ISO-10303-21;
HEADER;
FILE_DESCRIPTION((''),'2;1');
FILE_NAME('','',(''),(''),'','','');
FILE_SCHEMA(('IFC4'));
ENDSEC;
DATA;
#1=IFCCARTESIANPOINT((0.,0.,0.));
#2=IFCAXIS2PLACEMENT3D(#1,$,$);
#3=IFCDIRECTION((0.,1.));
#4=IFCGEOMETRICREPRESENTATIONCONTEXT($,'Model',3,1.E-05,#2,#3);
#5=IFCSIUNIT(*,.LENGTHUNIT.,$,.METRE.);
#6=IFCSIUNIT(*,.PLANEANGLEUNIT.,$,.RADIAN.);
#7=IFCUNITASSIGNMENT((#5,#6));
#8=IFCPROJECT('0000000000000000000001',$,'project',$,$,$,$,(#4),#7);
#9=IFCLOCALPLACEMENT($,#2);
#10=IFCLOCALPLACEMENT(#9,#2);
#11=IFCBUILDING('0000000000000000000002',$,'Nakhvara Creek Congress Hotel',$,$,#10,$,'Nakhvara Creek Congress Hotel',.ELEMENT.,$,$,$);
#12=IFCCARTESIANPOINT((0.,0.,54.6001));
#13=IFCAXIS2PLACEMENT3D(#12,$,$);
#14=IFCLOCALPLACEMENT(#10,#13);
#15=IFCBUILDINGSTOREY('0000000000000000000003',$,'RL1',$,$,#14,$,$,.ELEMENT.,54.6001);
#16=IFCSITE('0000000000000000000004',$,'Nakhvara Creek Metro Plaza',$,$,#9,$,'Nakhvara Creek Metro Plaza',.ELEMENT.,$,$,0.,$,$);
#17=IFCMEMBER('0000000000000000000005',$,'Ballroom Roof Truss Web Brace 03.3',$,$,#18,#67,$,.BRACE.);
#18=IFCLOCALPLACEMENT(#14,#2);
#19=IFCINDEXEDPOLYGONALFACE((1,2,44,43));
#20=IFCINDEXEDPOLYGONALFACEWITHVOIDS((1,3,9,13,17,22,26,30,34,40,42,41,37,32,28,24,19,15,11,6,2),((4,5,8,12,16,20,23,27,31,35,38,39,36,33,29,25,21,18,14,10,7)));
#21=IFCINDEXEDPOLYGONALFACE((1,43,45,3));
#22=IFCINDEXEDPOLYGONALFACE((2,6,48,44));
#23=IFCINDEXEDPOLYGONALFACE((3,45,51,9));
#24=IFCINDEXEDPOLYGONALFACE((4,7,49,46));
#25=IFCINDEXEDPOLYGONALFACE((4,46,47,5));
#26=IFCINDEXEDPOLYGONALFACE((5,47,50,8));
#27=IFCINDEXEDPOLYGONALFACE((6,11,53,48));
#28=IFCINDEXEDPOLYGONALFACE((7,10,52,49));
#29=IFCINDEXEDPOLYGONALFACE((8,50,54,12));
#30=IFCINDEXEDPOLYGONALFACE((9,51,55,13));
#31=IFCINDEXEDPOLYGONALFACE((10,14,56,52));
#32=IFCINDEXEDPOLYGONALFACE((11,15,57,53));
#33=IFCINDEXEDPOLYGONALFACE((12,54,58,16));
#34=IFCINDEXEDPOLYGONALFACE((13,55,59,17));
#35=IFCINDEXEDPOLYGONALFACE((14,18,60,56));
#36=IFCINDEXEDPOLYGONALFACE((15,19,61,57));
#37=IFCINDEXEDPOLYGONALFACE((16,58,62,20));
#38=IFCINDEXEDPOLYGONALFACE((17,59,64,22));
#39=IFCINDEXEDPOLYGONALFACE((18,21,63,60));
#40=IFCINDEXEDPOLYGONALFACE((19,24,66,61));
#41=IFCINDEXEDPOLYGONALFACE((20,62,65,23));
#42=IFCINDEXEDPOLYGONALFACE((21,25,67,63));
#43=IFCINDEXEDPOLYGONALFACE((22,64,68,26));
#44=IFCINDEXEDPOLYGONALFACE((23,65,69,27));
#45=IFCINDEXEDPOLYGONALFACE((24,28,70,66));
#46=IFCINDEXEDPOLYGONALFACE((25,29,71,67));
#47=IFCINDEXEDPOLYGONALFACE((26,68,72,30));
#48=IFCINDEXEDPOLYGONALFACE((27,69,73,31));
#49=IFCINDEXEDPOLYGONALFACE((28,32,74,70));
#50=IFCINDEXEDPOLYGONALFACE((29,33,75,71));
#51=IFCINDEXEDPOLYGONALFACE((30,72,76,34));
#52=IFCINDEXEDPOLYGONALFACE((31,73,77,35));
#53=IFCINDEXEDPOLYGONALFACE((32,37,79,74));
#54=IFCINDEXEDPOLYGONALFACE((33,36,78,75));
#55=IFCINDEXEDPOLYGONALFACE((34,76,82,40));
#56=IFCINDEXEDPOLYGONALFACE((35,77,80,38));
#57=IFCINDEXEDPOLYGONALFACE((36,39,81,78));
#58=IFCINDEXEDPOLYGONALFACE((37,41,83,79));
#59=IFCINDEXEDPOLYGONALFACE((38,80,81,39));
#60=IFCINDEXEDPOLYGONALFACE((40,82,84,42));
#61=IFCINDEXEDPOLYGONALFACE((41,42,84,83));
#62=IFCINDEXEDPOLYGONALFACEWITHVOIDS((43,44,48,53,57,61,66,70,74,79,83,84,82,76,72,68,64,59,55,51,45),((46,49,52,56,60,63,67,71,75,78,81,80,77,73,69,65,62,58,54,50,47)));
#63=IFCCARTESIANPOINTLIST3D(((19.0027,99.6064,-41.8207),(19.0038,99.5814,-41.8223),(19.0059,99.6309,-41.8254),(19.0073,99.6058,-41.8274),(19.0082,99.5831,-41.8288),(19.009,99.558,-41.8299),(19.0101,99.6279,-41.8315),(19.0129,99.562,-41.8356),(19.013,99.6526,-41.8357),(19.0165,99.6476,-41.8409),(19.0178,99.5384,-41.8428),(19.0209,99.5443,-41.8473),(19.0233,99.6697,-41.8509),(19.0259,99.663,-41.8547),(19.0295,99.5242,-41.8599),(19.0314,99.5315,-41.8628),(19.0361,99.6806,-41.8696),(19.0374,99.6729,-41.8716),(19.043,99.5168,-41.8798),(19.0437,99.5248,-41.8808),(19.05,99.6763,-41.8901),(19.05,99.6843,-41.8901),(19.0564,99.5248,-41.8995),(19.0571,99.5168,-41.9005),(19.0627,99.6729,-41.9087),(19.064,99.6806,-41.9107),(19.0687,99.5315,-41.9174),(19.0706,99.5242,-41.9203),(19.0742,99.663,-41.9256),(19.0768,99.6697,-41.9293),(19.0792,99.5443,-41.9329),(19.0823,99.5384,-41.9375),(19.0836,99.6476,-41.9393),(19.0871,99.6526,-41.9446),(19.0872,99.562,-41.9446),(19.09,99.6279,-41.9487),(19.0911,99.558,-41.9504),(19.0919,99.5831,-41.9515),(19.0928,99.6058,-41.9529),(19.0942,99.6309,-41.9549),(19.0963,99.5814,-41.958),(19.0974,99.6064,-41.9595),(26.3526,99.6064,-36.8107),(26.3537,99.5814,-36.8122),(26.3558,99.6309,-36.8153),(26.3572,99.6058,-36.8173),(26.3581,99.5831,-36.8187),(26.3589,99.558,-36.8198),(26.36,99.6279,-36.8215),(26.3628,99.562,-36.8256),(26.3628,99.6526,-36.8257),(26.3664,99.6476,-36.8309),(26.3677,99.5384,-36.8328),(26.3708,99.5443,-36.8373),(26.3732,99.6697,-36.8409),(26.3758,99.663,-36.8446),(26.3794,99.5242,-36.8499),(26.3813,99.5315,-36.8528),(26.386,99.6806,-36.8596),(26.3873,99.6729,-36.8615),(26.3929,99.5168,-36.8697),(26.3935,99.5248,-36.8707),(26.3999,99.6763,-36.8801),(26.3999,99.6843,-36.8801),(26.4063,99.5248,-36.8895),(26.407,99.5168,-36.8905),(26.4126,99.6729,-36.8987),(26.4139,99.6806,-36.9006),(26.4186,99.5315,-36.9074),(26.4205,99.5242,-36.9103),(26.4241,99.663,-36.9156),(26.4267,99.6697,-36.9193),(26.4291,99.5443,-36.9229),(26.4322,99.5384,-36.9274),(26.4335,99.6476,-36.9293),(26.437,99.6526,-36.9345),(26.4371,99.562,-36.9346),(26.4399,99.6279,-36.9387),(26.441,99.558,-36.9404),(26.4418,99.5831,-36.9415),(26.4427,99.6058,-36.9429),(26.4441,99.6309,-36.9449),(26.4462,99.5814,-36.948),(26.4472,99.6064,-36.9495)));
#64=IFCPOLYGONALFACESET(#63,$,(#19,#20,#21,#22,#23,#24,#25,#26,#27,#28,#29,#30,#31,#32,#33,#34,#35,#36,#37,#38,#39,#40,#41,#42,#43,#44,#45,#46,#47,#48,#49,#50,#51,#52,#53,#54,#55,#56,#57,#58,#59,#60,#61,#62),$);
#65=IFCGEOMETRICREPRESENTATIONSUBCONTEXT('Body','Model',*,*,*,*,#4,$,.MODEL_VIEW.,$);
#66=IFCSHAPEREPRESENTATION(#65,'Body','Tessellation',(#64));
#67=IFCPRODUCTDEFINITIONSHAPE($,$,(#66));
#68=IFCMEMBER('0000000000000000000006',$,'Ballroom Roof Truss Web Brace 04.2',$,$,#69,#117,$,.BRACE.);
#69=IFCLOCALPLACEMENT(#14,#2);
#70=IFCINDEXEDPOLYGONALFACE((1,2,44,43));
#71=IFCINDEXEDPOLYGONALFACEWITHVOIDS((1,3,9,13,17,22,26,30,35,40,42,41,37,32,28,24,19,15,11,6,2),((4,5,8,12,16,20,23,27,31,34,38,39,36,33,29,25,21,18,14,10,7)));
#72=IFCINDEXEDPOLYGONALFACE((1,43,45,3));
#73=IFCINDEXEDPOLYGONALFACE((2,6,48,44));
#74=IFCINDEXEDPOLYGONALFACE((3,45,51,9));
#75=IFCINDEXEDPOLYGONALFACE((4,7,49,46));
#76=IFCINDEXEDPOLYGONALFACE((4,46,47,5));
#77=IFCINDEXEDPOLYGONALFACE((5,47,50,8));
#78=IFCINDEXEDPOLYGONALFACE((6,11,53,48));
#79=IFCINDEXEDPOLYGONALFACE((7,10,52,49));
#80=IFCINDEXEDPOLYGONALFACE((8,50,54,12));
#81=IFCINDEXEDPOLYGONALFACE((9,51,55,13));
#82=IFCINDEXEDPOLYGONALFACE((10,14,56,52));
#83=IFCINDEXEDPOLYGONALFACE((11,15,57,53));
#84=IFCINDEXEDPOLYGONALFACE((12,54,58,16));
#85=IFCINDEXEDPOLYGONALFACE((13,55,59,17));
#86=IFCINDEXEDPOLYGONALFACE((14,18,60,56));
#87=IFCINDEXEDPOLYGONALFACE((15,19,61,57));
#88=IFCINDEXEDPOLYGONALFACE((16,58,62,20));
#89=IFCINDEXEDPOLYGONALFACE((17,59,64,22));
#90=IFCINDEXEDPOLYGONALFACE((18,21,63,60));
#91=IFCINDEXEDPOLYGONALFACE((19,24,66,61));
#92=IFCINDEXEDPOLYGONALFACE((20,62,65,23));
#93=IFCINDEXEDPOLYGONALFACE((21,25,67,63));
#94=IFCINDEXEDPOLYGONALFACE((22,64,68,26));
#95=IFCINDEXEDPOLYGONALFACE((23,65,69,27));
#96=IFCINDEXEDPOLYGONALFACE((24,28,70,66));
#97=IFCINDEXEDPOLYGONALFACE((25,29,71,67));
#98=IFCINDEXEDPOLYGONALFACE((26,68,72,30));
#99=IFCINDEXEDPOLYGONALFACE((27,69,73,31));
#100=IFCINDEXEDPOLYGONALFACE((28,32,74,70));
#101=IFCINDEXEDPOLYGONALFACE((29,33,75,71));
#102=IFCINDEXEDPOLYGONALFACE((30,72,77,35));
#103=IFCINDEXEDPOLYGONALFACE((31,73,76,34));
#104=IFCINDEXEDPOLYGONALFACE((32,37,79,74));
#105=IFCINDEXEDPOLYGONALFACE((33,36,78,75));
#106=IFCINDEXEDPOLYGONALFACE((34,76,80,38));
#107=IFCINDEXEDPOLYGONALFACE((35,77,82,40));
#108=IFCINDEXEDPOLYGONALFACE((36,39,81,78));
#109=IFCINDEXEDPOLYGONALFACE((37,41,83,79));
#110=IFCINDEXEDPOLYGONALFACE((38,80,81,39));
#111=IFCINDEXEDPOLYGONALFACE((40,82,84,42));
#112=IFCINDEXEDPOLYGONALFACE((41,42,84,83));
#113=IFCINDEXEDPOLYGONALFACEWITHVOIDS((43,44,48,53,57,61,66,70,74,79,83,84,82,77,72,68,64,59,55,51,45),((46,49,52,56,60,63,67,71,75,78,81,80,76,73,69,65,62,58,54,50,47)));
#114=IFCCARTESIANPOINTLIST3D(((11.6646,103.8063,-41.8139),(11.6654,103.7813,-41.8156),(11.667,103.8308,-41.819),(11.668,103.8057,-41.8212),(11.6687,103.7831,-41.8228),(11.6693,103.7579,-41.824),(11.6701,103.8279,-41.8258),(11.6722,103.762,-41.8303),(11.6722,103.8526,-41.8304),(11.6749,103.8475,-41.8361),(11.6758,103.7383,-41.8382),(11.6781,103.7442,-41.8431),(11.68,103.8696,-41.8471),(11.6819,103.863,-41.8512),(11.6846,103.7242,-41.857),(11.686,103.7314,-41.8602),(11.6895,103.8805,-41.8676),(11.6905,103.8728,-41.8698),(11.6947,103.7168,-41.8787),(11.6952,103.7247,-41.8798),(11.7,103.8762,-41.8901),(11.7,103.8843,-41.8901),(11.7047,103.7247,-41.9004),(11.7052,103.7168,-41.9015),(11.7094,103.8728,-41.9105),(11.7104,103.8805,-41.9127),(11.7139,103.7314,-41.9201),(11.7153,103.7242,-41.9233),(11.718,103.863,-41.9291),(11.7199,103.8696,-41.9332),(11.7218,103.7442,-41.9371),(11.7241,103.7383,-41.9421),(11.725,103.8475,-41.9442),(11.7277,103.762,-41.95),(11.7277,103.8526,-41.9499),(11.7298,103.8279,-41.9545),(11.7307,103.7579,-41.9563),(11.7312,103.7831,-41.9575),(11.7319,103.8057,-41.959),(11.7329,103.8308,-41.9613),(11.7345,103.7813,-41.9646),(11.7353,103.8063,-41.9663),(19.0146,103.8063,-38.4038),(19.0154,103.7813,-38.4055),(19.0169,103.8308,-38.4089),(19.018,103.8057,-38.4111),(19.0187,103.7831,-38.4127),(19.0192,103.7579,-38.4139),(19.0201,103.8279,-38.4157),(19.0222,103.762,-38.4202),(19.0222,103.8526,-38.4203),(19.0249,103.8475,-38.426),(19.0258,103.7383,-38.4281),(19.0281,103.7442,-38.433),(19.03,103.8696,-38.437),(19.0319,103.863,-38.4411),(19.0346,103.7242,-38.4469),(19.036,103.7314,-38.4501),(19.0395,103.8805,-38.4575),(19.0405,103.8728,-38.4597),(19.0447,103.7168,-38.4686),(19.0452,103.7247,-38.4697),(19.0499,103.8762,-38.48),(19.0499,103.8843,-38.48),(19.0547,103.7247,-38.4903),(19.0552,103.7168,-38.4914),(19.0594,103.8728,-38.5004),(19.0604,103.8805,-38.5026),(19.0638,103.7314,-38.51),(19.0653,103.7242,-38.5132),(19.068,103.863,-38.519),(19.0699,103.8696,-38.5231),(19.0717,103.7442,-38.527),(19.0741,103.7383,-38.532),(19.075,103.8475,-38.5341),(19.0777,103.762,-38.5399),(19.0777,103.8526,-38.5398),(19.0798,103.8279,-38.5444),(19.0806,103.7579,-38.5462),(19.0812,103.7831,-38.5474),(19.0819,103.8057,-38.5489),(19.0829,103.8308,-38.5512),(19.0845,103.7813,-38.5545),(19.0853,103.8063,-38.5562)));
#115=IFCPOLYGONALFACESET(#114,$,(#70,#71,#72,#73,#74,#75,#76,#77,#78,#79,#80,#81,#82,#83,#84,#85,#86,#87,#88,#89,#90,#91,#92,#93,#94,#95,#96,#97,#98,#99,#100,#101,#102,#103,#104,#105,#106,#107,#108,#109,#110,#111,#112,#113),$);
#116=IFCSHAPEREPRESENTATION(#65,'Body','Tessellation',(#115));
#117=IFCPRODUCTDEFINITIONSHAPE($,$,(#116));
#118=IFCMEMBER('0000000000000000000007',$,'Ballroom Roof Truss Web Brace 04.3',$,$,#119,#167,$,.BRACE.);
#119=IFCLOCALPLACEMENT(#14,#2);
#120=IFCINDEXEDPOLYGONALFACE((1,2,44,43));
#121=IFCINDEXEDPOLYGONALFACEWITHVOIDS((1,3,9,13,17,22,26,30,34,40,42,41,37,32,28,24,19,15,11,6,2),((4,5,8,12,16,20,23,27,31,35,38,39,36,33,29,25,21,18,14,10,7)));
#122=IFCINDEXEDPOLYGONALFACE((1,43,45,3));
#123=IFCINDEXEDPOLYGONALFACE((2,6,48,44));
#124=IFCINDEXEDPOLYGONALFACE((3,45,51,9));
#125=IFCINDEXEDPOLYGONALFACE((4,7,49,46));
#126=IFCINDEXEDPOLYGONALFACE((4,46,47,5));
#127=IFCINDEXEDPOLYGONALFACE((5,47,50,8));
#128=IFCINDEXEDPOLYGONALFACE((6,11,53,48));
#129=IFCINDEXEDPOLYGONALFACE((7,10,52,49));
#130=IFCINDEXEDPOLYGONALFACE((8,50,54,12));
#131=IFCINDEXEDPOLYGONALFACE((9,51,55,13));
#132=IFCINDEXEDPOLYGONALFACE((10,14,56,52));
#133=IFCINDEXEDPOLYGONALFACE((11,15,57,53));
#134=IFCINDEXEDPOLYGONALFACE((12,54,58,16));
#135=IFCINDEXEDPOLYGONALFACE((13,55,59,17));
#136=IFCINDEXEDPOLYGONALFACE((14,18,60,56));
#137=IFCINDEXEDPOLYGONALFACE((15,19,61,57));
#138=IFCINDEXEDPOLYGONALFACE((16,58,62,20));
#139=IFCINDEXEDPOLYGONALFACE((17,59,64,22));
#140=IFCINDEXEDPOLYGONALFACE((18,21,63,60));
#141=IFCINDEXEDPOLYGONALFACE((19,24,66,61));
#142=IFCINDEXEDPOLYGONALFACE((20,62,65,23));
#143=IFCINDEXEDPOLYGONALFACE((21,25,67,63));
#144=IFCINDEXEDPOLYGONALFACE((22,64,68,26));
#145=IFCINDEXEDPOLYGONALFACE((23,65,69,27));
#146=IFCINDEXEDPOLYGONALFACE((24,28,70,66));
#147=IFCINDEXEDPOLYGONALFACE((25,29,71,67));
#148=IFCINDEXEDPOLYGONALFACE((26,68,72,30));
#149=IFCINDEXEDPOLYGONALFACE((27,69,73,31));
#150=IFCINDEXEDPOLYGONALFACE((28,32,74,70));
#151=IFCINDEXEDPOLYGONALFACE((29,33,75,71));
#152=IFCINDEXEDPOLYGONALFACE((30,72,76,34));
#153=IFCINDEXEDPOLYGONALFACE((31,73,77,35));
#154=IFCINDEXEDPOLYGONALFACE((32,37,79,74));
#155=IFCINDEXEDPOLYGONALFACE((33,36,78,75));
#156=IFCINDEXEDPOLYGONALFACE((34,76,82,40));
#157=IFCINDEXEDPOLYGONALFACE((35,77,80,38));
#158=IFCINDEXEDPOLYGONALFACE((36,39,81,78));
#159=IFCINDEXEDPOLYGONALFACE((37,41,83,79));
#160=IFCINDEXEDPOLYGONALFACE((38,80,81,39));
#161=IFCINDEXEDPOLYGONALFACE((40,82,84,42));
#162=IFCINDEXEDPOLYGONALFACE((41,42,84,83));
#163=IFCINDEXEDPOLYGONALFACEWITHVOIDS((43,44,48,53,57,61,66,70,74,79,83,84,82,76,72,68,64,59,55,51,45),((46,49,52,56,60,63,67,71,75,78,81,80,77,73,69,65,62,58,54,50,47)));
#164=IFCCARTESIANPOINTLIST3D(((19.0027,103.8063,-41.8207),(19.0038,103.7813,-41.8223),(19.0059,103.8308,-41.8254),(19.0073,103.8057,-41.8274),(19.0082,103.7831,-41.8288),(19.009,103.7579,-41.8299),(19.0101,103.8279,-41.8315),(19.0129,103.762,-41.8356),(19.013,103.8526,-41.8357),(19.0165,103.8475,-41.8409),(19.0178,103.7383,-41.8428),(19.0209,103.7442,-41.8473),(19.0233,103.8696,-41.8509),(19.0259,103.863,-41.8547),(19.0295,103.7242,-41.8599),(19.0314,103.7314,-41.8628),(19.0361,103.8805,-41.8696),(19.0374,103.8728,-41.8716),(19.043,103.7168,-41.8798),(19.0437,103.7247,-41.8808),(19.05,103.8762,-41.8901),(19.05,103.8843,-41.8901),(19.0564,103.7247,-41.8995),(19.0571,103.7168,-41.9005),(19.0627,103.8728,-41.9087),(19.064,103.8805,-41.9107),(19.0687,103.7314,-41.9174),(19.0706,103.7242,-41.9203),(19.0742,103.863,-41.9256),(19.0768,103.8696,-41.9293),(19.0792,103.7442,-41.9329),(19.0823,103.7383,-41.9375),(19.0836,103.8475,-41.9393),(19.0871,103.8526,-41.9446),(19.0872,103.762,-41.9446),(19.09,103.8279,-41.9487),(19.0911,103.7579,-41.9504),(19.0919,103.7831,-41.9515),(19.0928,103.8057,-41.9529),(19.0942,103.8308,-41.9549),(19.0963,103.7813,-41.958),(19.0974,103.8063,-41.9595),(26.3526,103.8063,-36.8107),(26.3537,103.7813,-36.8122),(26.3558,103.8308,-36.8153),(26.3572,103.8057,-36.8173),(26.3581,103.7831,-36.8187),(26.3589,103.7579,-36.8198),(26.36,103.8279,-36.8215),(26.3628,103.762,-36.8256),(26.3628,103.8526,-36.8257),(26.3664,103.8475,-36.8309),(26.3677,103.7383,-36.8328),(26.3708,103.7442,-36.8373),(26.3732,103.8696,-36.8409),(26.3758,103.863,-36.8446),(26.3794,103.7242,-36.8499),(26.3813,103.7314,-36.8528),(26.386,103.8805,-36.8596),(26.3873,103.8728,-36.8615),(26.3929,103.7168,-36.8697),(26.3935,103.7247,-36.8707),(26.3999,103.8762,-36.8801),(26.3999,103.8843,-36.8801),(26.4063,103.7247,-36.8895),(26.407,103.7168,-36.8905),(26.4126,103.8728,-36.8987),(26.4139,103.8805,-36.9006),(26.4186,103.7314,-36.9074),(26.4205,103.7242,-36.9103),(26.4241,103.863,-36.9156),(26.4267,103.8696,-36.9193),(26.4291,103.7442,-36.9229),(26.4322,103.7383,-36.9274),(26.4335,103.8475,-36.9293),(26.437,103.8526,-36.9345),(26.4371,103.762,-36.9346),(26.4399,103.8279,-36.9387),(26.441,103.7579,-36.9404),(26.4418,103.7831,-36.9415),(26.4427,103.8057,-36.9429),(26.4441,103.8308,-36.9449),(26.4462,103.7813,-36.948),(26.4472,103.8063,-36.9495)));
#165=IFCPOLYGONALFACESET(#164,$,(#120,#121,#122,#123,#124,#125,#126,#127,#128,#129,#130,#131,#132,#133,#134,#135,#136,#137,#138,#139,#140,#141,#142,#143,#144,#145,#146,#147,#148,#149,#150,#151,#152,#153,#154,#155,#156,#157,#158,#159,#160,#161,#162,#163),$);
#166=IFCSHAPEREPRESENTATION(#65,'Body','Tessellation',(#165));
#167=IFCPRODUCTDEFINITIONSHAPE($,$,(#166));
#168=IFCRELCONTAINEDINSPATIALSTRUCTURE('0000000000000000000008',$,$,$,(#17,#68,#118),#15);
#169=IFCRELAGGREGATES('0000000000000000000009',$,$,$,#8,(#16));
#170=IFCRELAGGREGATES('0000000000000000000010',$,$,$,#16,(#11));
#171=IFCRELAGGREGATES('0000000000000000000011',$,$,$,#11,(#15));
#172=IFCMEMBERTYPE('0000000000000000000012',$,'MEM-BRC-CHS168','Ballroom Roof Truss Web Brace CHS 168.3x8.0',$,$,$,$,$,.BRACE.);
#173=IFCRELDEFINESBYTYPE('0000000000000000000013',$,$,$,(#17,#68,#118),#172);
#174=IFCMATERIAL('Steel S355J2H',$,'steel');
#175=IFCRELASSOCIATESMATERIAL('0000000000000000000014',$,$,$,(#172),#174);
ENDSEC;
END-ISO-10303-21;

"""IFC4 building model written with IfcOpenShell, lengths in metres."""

from ifc_helpers import new_model, si_unit, direction, frame, origin, origin_2d, place, context, subcontext, project, spatial, hollow_circle, extrude, material, material_profile, profile_set, type_object, element, save


model = new_model("IFC4")

# Units and contexts
model_context = context("Model", 3, precision=1e-05, world=origin(), true_north=direction((0.0, 1.0)))
body_context = subcontext(model_context, "Body", "Model", "MODEL_VIEW")
ifc_project = project(units=[si_unit("LENGTHUNIT", "METRE"), si_unit("PLANEANGLEUNIT", "RADIAN")], contexts=[model_context])

# Site, building, storey
site_placement = place(None, origin())
site = spatial("IfcSite", under=ifc_project, at=site_placement, Name="Nakhvara Creek Metro Plaza", LongName="Nakhvara Creek Metro Plaza", CompositionType="ELEMENT", RefElevation=0.0)
building_placement = place(site_placement, origin())
building = spatial("IfcBuilding", under=site, at=building_placement, Name="Nakhvara Creek Congress Hotel", LongName="Nakhvara Creek Congress Hotel", CompositionType="ELEMENT")
storey_placement = place(building_placement, frame((0.0, 0.0, 54.6001)))
storey = spatial("IfcBuildingStorey", under=building, at=storey_placement, Name="RL1", CompositionType="ELEMENT", Elevation=54.6001)

# Members
ifc_material_1 = material(Name="Steel S355J2H", Category="steel")
ifc_material_profile_1 = material_profile(ifc_material_1, hollow_circle(Radius=0.0842, WallThickness=0.0081, at=origin_2d()), Name="CHS 168.3x8.0", Category="LoadBearing")
ifc_profile_set_1 = profile_set([ifc_material_profile_1], Name="Steel S355J2H")
member_type_1 = type_object("IfcMemberType", Name="MEM-BRC-CHS168", Description="Ballroom Roof Truss Web Brace CHS 168.3x8.0", PredefinedType="BRACE", material=ifc_profile_set_1)
member_1_placement = place(storey_placement, frame((19.05, 99.6001, -41.8901), z_axis=(0.826293, 0.0, 0.563241), x_axis=(0.0, 1.0, 0.0)))
element("IfcMember", 1, at=member_1_placement, inside=storey, type_object=member_type_1, Name="Ballroom Roof Truss Web Brace 03.3", PredefinedType="BRACE", context=body_context, shape_type="SweptSolid", body=[
    extrude(hollow_circle(Radius=0.0842, WallThickness=0.0081, at=origin_2d()), origin(), (0.0, 0.0, 1.0), 8.895),
])
member_2_placement = place(storey_placement, frame((11.7, 103.8, -41.8901), z_axis=(0.907122, 0.0, 0.420869), x_axis=(0.0, 1.0, 0.0)))
element("IfcMember", 2, at=member_2_placement, inside=storey, type_object=member_type_1, Name="Ballroom Roof Truss Web Brace 04.2", PredefinedType="BRACE", context=body_context, shape_type="SweptSolid", body=[
    extrude(hollow_circle(Radius=0.0842, WallThickness=0.0081, at=origin_2d()), origin(), (0.0, 0.0, 1.0), 8.1025),
])
member_3_placement = place(storey_placement, frame((19.05, 103.8, -41.8901), z_axis=(0.826293, 0.0, 0.563241), x_axis=(0.0, 1.0, 0.0)))
element("IfcMember", 3, at=member_3_placement, inside=storey, type_object=member_type_1, Name="Ballroom Roof Truss Web Brace 04.3", PredefinedType="BRACE", context=body_context, shape_type="SweptSolid", body=[
    extrude(hollow_circle(Radius=0.0842, WallThickness=0.0081, at=origin_2d()), origin(), (0.0, 0.0, 1.0), 8.895),
])

save(model, "model.ifc")
